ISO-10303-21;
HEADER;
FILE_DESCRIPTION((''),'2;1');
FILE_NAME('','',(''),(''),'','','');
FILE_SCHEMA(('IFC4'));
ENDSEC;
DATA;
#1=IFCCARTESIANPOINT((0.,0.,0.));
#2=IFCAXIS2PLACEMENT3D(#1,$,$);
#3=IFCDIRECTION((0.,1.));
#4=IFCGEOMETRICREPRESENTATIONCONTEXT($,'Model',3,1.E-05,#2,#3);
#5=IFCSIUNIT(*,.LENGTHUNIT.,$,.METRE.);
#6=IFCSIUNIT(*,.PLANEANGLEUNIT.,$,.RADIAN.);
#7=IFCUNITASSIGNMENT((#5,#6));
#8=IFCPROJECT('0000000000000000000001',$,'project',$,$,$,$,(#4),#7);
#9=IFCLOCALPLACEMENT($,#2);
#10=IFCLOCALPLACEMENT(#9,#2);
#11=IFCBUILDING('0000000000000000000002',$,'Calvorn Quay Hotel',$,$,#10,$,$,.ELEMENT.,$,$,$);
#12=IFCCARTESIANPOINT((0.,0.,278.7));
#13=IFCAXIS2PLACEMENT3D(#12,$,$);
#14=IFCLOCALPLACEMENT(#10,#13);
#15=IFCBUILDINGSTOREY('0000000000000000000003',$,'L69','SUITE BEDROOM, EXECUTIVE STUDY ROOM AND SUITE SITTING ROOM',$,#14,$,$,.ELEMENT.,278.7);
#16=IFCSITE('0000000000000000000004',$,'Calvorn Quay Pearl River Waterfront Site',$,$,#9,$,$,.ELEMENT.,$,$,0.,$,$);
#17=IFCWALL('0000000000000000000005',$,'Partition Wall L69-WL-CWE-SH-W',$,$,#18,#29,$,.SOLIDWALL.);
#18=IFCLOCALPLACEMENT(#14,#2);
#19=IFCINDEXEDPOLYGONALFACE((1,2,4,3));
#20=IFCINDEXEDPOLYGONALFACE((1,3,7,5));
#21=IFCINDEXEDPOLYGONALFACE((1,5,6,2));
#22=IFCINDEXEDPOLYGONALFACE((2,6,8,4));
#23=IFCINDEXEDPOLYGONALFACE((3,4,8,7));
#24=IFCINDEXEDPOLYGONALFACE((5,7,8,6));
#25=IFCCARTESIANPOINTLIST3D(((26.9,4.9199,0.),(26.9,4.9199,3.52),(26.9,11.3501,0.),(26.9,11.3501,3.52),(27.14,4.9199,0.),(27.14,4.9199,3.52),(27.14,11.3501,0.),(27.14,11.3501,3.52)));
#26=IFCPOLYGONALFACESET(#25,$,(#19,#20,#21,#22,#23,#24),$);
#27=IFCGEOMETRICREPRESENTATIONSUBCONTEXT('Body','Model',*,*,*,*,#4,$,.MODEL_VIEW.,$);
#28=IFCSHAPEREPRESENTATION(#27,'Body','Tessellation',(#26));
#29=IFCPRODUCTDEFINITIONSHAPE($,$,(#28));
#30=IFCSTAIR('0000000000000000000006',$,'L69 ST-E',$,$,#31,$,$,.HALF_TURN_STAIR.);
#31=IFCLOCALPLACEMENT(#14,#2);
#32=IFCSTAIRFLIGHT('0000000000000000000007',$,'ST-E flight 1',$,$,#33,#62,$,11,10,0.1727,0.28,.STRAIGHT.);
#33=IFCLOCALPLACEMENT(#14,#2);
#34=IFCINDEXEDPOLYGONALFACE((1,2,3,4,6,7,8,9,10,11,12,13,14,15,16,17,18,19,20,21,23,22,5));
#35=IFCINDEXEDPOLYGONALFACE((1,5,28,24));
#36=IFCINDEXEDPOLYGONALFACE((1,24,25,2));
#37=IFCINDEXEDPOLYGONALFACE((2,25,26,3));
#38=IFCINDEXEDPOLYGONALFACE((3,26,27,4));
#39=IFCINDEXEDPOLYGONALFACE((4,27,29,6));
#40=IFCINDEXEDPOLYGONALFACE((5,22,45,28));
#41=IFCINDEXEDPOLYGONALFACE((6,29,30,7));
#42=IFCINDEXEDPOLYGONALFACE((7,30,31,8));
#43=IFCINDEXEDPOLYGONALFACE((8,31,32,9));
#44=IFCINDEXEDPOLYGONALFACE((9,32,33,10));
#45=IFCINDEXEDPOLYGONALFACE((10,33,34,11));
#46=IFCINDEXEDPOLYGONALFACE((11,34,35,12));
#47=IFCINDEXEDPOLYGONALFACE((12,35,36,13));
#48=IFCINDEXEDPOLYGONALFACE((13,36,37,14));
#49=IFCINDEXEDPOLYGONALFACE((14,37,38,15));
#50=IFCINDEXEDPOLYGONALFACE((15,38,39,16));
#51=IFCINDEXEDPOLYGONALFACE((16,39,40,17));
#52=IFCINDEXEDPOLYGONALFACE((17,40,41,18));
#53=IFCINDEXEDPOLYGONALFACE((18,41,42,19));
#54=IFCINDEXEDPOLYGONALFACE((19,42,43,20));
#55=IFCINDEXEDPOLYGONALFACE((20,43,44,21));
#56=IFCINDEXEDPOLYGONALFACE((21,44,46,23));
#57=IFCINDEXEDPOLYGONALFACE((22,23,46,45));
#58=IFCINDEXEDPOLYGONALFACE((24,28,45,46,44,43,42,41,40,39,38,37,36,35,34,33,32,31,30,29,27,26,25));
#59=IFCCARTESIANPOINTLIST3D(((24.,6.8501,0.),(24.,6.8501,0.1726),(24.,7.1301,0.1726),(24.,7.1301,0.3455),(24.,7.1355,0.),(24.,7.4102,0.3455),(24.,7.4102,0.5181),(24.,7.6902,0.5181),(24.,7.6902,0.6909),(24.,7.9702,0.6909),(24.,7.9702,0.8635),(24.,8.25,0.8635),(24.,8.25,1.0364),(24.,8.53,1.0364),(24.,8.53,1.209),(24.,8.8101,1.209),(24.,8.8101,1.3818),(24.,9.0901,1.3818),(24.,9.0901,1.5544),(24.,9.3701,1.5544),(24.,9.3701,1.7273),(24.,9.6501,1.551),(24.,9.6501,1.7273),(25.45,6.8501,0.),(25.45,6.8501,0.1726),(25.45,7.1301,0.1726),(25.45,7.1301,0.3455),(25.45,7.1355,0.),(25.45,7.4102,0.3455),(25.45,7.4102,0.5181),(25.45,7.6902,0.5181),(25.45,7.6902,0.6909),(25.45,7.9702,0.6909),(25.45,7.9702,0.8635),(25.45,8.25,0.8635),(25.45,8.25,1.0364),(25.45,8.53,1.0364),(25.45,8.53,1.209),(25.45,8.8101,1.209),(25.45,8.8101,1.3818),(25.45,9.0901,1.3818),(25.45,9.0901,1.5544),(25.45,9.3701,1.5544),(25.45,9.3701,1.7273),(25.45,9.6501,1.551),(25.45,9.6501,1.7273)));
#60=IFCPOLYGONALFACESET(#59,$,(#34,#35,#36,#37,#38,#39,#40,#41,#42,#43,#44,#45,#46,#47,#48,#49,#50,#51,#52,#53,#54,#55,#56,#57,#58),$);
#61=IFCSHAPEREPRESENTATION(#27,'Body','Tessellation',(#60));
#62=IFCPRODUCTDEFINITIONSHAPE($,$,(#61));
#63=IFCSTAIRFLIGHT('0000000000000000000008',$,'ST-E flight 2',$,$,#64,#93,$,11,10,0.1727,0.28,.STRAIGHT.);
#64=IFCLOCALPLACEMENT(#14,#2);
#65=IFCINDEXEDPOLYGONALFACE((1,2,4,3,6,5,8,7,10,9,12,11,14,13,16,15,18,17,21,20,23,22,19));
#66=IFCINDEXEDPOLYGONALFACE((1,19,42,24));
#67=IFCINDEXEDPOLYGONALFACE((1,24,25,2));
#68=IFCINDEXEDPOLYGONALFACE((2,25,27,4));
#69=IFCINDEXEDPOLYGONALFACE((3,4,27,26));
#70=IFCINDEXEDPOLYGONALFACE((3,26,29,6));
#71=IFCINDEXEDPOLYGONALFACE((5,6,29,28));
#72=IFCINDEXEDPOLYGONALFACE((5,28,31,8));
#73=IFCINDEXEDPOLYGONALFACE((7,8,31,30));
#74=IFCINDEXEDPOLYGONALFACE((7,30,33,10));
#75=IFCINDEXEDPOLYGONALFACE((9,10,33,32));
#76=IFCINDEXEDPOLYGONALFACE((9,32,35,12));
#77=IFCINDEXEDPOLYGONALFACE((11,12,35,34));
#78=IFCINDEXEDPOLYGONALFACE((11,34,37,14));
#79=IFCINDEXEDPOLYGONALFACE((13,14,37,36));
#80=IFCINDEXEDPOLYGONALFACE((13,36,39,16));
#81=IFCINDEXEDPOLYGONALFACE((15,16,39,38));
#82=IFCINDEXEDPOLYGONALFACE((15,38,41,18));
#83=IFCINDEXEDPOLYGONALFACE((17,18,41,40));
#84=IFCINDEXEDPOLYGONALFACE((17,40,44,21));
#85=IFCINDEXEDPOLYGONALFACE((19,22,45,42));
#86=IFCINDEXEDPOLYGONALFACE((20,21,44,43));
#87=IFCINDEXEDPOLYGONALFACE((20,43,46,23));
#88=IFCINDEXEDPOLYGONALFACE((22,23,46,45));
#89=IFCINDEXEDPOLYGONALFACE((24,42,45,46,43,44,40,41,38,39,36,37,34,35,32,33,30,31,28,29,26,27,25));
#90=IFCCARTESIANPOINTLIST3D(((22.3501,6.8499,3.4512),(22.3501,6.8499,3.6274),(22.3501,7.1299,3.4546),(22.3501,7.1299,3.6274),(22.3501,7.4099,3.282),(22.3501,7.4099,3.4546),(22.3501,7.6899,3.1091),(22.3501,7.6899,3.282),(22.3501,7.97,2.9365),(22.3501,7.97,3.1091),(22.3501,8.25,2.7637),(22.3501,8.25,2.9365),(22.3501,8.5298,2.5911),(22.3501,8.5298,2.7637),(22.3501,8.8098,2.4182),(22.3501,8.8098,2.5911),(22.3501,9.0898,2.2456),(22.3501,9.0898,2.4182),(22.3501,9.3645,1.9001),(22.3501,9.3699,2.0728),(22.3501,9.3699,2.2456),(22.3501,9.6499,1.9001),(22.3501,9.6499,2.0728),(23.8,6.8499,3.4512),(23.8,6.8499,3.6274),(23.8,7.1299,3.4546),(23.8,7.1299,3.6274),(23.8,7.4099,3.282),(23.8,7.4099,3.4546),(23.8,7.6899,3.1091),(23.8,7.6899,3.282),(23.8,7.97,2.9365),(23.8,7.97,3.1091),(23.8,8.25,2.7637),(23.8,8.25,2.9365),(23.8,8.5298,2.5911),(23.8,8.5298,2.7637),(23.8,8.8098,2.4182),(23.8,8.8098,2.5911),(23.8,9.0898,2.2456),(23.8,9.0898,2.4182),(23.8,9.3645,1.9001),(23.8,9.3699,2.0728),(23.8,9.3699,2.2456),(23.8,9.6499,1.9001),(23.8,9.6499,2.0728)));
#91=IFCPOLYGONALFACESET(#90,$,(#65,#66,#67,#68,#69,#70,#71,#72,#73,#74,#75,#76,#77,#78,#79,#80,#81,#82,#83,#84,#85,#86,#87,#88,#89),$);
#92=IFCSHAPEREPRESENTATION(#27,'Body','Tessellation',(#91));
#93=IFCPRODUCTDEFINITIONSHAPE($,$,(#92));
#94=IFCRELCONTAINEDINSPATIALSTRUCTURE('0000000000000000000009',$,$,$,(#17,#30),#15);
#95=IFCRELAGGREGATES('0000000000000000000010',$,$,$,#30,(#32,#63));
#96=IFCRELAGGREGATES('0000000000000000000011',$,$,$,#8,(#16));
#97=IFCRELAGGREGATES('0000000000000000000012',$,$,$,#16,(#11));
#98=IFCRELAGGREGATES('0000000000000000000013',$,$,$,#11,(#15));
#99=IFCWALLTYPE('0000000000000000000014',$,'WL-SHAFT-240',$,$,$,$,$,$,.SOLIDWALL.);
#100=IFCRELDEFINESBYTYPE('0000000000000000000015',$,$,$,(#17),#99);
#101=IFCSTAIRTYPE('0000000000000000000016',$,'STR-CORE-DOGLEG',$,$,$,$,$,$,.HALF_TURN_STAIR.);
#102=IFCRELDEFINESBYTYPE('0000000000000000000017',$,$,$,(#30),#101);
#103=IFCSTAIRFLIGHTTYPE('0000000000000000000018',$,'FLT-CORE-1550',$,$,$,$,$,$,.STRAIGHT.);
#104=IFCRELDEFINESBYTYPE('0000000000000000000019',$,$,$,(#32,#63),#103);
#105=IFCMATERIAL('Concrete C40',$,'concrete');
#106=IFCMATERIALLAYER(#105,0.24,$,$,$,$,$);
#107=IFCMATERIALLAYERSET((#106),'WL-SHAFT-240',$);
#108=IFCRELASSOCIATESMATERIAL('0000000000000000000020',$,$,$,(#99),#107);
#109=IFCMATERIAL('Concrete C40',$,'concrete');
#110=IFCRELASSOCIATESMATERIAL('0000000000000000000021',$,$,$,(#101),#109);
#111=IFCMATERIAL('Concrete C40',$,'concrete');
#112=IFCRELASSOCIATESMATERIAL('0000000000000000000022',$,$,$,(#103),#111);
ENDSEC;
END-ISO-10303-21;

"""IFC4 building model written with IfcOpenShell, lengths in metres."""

from ifc_helpers import new_model, si_unit, direction, frame, frame_2d, origin, place, context, subcontext, project, spatial, polyline, rectangle, outline, extrude, material, layer, layer_set, type_object, element, aggregate, save


model = new_model("IFC4")

# Units and contexts
model_context = context("Model", 3, precision=1e-05, world=origin(), true_north=direction((0.0, 1.0)))
body_context = subcontext(model_context, "Body", "Model", "MODEL_VIEW")
ifc_project = project(units=[si_unit("LENGTHUNIT", "METRE"), si_unit("PLANEANGLEUNIT", "RADIAN")], contexts=[model_context])

# Site, building, storey
site_placement = place(None, origin())
site = spatial("IfcSite", under=ifc_project, at=site_placement, Name="Calvorn Quay Pearl River Waterfront Site", CompositionType="ELEMENT", RefElevation=0.0)
building_placement = place(site_placement, origin())
building = spatial("IfcBuilding", under=site, at=building_placement, Name="Calvorn Quay Hotel", CompositionType="ELEMENT")
storey_placement = place(building_placement, frame((0.0, 0.0, 278.7)))
storey = spatial("IfcBuildingStorey", under=building, at=storey_placement, Name="L69", Description="SUITE BEDROOM, EXECUTIVE STUDY ROOM AND SUITE SITTING ROOM", CompositionType="ELEMENT", Elevation=278.7)

# Shared definitions
ifc_material_1 = material(Name="Concrete C40", Category="concrete")
ifc_layer_1 = layer(ifc_material_1, 0.24)
ifc_layer_set_1 = layer_set([ifc_layer_1], Name="WL-SHAFT-240")
wall_type_1 = type_object("IfcWallType", Name="WL-SHAFT-240", PredefinedType="SOLIDWALL", material=ifc_layer_set_1)

# Wall
wall_1_placement = place(storey_placement, frame((27.02, 4.9199, 0.0), z_axis=(0.0, 0.0, 1.0), x_axis=(0.0, 1.0, 0.0)))
element("IfcWall", 1, at=wall_1_placement, inside=storey, type_object=wall_type_1, Name="Partition Wall L69-WL-CWE-SH-W", PredefinedType="SOLIDWALL", context=body_context, shape_type="SweptSolid", body=[
    extrude(rectangle(XDim=6.4302, YDim=0.24, at=frame_2d((3.2151, 0.0))), origin(), (0.0, 0.0, 1.0), 3.52),
])

# Stair, stair flights
ifc_material_2 = material(Name="Concrete C40", Category="concrete")
stair_type = type_object("IfcStairType", Name="STR-CORE-DOGLEG", PredefinedType="HALF_TURN_STAIR", material=ifc_material_2)
stair_placement = place(storey_placement, origin())
stair = element("IfcStair", 2, at=stair_placement, inside=storey, type_object=stair_type, Name="L69 ST-E", PredefinedType="HALF_TURN_STAIR")
ifc_material_3 = material(Name="Concrete C40", Category="concrete")
stair_flight_type = type_object("IfcStairFlightType", Name="FLT-CORE-1550", PredefinedType="STRAIGHT", material=ifc_material_3)
stair_flight_1_placement = place(storey_placement, frame((24.7251, 6.8501, 0.0), z_axis=(0.0, 0.0, 1.0), x_axis=(0.0, 1.0, 0.0)))
stair_flight_1 = element("IfcStairFlight", 3, at=stair_flight_1_placement, type_object=stair_flight_type, Name="ST-E flight 1", NumberOfRisers=11, NumberOfTreads=10, PredefinedType="STRAIGHT", RiserHeight=0.1727, TreadLength=0.28, context=body_context, shape_type="SweptSolid", body=[
    extrude(outline(polyline([(0.0, 0.0), (0.0, 0.1726), (0.28, 0.1726), (0.28, 0.3455), (0.5601, 0.3455), (0.5601, 0.5181), (0.8401, 0.5181), (0.8401, 0.6909), (1.1201, 0.6909), (1.1201, 0.8635), (1.3999, 0.8635), (1.3999, 1.0364), (1.6799, 1.0364), (1.6799, 1.209), (1.96, 1.209), (1.96, 1.3818), (2.24, 1.3818), (2.24, 1.5544), (2.52, 1.5544), (2.52, 1.7273), (2.8, 1.7273), (2.8, 1.8999), (2.8, 1.551), (0.2854, 0.0), (0.0, 0.0)])), frame((0.0, 0.7251, 0.0), z_axis=(0.0, -1.0, 0.0), x_axis=(1.0, 0.0, 0.0)), (0.0, 0.0, 1.0), 1.45),
])
stair_flight_2_placement = place(storey_placement, frame((23.075, 9.6499, 1.9001), z_axis=(0.0, 0.0, 1.0), x_axis=(0.0, -1.0, 0.0)))
stair_flight_2 = element("IfcStairFlight", 4, at=stair_flight_2_placement, type_object=stair_flight_type, Name="ST-E flight 2", NumberOfRisers=11, NumberOfTreads=10, PredefinedType="STRAIGHT", RiserHeight=0.1727, TreadLength=0.28, context=body_context, shape_type="SweptSolid", body=[
    extrude(outline(polyline([(0.0, 0.0), (0.0, 0.1726), (0.28, 0.1726), (0.28, 0.3455), (0.5601, 0.3455), (0.5601, 0.5181), (0.8401, 0.5181), (0.8401, 0.6909), (1.1201, 0.6909), (1.1201, 0.8635), (1.3999, 0.8635), (1.3999, 1.0364), (1.6799, 1.0364), (1.6799, 1.209), (1.96, 1.209), (1.96, 1.3818), (2.24, 1.3818), (2.24, 1.5544), (2.52, 1.5544), (2.52, 1.7273), (2.8, 1.7273), (2.8, 1.8999), (2.8, 1.551), (0.2854, 0.0), (0.0, 0.0)])), frame((0.0, 0.7251, 0.0), z_axis=(0.0, -1.0, 0.0), x_axis=(1.0, 0.0, 0.0)), (0.0, 0.0, 1.0), 1.45),
])
aggregate(stair, [stair_flight_1, stair_flight_2])

save(model, "model.ifc")
